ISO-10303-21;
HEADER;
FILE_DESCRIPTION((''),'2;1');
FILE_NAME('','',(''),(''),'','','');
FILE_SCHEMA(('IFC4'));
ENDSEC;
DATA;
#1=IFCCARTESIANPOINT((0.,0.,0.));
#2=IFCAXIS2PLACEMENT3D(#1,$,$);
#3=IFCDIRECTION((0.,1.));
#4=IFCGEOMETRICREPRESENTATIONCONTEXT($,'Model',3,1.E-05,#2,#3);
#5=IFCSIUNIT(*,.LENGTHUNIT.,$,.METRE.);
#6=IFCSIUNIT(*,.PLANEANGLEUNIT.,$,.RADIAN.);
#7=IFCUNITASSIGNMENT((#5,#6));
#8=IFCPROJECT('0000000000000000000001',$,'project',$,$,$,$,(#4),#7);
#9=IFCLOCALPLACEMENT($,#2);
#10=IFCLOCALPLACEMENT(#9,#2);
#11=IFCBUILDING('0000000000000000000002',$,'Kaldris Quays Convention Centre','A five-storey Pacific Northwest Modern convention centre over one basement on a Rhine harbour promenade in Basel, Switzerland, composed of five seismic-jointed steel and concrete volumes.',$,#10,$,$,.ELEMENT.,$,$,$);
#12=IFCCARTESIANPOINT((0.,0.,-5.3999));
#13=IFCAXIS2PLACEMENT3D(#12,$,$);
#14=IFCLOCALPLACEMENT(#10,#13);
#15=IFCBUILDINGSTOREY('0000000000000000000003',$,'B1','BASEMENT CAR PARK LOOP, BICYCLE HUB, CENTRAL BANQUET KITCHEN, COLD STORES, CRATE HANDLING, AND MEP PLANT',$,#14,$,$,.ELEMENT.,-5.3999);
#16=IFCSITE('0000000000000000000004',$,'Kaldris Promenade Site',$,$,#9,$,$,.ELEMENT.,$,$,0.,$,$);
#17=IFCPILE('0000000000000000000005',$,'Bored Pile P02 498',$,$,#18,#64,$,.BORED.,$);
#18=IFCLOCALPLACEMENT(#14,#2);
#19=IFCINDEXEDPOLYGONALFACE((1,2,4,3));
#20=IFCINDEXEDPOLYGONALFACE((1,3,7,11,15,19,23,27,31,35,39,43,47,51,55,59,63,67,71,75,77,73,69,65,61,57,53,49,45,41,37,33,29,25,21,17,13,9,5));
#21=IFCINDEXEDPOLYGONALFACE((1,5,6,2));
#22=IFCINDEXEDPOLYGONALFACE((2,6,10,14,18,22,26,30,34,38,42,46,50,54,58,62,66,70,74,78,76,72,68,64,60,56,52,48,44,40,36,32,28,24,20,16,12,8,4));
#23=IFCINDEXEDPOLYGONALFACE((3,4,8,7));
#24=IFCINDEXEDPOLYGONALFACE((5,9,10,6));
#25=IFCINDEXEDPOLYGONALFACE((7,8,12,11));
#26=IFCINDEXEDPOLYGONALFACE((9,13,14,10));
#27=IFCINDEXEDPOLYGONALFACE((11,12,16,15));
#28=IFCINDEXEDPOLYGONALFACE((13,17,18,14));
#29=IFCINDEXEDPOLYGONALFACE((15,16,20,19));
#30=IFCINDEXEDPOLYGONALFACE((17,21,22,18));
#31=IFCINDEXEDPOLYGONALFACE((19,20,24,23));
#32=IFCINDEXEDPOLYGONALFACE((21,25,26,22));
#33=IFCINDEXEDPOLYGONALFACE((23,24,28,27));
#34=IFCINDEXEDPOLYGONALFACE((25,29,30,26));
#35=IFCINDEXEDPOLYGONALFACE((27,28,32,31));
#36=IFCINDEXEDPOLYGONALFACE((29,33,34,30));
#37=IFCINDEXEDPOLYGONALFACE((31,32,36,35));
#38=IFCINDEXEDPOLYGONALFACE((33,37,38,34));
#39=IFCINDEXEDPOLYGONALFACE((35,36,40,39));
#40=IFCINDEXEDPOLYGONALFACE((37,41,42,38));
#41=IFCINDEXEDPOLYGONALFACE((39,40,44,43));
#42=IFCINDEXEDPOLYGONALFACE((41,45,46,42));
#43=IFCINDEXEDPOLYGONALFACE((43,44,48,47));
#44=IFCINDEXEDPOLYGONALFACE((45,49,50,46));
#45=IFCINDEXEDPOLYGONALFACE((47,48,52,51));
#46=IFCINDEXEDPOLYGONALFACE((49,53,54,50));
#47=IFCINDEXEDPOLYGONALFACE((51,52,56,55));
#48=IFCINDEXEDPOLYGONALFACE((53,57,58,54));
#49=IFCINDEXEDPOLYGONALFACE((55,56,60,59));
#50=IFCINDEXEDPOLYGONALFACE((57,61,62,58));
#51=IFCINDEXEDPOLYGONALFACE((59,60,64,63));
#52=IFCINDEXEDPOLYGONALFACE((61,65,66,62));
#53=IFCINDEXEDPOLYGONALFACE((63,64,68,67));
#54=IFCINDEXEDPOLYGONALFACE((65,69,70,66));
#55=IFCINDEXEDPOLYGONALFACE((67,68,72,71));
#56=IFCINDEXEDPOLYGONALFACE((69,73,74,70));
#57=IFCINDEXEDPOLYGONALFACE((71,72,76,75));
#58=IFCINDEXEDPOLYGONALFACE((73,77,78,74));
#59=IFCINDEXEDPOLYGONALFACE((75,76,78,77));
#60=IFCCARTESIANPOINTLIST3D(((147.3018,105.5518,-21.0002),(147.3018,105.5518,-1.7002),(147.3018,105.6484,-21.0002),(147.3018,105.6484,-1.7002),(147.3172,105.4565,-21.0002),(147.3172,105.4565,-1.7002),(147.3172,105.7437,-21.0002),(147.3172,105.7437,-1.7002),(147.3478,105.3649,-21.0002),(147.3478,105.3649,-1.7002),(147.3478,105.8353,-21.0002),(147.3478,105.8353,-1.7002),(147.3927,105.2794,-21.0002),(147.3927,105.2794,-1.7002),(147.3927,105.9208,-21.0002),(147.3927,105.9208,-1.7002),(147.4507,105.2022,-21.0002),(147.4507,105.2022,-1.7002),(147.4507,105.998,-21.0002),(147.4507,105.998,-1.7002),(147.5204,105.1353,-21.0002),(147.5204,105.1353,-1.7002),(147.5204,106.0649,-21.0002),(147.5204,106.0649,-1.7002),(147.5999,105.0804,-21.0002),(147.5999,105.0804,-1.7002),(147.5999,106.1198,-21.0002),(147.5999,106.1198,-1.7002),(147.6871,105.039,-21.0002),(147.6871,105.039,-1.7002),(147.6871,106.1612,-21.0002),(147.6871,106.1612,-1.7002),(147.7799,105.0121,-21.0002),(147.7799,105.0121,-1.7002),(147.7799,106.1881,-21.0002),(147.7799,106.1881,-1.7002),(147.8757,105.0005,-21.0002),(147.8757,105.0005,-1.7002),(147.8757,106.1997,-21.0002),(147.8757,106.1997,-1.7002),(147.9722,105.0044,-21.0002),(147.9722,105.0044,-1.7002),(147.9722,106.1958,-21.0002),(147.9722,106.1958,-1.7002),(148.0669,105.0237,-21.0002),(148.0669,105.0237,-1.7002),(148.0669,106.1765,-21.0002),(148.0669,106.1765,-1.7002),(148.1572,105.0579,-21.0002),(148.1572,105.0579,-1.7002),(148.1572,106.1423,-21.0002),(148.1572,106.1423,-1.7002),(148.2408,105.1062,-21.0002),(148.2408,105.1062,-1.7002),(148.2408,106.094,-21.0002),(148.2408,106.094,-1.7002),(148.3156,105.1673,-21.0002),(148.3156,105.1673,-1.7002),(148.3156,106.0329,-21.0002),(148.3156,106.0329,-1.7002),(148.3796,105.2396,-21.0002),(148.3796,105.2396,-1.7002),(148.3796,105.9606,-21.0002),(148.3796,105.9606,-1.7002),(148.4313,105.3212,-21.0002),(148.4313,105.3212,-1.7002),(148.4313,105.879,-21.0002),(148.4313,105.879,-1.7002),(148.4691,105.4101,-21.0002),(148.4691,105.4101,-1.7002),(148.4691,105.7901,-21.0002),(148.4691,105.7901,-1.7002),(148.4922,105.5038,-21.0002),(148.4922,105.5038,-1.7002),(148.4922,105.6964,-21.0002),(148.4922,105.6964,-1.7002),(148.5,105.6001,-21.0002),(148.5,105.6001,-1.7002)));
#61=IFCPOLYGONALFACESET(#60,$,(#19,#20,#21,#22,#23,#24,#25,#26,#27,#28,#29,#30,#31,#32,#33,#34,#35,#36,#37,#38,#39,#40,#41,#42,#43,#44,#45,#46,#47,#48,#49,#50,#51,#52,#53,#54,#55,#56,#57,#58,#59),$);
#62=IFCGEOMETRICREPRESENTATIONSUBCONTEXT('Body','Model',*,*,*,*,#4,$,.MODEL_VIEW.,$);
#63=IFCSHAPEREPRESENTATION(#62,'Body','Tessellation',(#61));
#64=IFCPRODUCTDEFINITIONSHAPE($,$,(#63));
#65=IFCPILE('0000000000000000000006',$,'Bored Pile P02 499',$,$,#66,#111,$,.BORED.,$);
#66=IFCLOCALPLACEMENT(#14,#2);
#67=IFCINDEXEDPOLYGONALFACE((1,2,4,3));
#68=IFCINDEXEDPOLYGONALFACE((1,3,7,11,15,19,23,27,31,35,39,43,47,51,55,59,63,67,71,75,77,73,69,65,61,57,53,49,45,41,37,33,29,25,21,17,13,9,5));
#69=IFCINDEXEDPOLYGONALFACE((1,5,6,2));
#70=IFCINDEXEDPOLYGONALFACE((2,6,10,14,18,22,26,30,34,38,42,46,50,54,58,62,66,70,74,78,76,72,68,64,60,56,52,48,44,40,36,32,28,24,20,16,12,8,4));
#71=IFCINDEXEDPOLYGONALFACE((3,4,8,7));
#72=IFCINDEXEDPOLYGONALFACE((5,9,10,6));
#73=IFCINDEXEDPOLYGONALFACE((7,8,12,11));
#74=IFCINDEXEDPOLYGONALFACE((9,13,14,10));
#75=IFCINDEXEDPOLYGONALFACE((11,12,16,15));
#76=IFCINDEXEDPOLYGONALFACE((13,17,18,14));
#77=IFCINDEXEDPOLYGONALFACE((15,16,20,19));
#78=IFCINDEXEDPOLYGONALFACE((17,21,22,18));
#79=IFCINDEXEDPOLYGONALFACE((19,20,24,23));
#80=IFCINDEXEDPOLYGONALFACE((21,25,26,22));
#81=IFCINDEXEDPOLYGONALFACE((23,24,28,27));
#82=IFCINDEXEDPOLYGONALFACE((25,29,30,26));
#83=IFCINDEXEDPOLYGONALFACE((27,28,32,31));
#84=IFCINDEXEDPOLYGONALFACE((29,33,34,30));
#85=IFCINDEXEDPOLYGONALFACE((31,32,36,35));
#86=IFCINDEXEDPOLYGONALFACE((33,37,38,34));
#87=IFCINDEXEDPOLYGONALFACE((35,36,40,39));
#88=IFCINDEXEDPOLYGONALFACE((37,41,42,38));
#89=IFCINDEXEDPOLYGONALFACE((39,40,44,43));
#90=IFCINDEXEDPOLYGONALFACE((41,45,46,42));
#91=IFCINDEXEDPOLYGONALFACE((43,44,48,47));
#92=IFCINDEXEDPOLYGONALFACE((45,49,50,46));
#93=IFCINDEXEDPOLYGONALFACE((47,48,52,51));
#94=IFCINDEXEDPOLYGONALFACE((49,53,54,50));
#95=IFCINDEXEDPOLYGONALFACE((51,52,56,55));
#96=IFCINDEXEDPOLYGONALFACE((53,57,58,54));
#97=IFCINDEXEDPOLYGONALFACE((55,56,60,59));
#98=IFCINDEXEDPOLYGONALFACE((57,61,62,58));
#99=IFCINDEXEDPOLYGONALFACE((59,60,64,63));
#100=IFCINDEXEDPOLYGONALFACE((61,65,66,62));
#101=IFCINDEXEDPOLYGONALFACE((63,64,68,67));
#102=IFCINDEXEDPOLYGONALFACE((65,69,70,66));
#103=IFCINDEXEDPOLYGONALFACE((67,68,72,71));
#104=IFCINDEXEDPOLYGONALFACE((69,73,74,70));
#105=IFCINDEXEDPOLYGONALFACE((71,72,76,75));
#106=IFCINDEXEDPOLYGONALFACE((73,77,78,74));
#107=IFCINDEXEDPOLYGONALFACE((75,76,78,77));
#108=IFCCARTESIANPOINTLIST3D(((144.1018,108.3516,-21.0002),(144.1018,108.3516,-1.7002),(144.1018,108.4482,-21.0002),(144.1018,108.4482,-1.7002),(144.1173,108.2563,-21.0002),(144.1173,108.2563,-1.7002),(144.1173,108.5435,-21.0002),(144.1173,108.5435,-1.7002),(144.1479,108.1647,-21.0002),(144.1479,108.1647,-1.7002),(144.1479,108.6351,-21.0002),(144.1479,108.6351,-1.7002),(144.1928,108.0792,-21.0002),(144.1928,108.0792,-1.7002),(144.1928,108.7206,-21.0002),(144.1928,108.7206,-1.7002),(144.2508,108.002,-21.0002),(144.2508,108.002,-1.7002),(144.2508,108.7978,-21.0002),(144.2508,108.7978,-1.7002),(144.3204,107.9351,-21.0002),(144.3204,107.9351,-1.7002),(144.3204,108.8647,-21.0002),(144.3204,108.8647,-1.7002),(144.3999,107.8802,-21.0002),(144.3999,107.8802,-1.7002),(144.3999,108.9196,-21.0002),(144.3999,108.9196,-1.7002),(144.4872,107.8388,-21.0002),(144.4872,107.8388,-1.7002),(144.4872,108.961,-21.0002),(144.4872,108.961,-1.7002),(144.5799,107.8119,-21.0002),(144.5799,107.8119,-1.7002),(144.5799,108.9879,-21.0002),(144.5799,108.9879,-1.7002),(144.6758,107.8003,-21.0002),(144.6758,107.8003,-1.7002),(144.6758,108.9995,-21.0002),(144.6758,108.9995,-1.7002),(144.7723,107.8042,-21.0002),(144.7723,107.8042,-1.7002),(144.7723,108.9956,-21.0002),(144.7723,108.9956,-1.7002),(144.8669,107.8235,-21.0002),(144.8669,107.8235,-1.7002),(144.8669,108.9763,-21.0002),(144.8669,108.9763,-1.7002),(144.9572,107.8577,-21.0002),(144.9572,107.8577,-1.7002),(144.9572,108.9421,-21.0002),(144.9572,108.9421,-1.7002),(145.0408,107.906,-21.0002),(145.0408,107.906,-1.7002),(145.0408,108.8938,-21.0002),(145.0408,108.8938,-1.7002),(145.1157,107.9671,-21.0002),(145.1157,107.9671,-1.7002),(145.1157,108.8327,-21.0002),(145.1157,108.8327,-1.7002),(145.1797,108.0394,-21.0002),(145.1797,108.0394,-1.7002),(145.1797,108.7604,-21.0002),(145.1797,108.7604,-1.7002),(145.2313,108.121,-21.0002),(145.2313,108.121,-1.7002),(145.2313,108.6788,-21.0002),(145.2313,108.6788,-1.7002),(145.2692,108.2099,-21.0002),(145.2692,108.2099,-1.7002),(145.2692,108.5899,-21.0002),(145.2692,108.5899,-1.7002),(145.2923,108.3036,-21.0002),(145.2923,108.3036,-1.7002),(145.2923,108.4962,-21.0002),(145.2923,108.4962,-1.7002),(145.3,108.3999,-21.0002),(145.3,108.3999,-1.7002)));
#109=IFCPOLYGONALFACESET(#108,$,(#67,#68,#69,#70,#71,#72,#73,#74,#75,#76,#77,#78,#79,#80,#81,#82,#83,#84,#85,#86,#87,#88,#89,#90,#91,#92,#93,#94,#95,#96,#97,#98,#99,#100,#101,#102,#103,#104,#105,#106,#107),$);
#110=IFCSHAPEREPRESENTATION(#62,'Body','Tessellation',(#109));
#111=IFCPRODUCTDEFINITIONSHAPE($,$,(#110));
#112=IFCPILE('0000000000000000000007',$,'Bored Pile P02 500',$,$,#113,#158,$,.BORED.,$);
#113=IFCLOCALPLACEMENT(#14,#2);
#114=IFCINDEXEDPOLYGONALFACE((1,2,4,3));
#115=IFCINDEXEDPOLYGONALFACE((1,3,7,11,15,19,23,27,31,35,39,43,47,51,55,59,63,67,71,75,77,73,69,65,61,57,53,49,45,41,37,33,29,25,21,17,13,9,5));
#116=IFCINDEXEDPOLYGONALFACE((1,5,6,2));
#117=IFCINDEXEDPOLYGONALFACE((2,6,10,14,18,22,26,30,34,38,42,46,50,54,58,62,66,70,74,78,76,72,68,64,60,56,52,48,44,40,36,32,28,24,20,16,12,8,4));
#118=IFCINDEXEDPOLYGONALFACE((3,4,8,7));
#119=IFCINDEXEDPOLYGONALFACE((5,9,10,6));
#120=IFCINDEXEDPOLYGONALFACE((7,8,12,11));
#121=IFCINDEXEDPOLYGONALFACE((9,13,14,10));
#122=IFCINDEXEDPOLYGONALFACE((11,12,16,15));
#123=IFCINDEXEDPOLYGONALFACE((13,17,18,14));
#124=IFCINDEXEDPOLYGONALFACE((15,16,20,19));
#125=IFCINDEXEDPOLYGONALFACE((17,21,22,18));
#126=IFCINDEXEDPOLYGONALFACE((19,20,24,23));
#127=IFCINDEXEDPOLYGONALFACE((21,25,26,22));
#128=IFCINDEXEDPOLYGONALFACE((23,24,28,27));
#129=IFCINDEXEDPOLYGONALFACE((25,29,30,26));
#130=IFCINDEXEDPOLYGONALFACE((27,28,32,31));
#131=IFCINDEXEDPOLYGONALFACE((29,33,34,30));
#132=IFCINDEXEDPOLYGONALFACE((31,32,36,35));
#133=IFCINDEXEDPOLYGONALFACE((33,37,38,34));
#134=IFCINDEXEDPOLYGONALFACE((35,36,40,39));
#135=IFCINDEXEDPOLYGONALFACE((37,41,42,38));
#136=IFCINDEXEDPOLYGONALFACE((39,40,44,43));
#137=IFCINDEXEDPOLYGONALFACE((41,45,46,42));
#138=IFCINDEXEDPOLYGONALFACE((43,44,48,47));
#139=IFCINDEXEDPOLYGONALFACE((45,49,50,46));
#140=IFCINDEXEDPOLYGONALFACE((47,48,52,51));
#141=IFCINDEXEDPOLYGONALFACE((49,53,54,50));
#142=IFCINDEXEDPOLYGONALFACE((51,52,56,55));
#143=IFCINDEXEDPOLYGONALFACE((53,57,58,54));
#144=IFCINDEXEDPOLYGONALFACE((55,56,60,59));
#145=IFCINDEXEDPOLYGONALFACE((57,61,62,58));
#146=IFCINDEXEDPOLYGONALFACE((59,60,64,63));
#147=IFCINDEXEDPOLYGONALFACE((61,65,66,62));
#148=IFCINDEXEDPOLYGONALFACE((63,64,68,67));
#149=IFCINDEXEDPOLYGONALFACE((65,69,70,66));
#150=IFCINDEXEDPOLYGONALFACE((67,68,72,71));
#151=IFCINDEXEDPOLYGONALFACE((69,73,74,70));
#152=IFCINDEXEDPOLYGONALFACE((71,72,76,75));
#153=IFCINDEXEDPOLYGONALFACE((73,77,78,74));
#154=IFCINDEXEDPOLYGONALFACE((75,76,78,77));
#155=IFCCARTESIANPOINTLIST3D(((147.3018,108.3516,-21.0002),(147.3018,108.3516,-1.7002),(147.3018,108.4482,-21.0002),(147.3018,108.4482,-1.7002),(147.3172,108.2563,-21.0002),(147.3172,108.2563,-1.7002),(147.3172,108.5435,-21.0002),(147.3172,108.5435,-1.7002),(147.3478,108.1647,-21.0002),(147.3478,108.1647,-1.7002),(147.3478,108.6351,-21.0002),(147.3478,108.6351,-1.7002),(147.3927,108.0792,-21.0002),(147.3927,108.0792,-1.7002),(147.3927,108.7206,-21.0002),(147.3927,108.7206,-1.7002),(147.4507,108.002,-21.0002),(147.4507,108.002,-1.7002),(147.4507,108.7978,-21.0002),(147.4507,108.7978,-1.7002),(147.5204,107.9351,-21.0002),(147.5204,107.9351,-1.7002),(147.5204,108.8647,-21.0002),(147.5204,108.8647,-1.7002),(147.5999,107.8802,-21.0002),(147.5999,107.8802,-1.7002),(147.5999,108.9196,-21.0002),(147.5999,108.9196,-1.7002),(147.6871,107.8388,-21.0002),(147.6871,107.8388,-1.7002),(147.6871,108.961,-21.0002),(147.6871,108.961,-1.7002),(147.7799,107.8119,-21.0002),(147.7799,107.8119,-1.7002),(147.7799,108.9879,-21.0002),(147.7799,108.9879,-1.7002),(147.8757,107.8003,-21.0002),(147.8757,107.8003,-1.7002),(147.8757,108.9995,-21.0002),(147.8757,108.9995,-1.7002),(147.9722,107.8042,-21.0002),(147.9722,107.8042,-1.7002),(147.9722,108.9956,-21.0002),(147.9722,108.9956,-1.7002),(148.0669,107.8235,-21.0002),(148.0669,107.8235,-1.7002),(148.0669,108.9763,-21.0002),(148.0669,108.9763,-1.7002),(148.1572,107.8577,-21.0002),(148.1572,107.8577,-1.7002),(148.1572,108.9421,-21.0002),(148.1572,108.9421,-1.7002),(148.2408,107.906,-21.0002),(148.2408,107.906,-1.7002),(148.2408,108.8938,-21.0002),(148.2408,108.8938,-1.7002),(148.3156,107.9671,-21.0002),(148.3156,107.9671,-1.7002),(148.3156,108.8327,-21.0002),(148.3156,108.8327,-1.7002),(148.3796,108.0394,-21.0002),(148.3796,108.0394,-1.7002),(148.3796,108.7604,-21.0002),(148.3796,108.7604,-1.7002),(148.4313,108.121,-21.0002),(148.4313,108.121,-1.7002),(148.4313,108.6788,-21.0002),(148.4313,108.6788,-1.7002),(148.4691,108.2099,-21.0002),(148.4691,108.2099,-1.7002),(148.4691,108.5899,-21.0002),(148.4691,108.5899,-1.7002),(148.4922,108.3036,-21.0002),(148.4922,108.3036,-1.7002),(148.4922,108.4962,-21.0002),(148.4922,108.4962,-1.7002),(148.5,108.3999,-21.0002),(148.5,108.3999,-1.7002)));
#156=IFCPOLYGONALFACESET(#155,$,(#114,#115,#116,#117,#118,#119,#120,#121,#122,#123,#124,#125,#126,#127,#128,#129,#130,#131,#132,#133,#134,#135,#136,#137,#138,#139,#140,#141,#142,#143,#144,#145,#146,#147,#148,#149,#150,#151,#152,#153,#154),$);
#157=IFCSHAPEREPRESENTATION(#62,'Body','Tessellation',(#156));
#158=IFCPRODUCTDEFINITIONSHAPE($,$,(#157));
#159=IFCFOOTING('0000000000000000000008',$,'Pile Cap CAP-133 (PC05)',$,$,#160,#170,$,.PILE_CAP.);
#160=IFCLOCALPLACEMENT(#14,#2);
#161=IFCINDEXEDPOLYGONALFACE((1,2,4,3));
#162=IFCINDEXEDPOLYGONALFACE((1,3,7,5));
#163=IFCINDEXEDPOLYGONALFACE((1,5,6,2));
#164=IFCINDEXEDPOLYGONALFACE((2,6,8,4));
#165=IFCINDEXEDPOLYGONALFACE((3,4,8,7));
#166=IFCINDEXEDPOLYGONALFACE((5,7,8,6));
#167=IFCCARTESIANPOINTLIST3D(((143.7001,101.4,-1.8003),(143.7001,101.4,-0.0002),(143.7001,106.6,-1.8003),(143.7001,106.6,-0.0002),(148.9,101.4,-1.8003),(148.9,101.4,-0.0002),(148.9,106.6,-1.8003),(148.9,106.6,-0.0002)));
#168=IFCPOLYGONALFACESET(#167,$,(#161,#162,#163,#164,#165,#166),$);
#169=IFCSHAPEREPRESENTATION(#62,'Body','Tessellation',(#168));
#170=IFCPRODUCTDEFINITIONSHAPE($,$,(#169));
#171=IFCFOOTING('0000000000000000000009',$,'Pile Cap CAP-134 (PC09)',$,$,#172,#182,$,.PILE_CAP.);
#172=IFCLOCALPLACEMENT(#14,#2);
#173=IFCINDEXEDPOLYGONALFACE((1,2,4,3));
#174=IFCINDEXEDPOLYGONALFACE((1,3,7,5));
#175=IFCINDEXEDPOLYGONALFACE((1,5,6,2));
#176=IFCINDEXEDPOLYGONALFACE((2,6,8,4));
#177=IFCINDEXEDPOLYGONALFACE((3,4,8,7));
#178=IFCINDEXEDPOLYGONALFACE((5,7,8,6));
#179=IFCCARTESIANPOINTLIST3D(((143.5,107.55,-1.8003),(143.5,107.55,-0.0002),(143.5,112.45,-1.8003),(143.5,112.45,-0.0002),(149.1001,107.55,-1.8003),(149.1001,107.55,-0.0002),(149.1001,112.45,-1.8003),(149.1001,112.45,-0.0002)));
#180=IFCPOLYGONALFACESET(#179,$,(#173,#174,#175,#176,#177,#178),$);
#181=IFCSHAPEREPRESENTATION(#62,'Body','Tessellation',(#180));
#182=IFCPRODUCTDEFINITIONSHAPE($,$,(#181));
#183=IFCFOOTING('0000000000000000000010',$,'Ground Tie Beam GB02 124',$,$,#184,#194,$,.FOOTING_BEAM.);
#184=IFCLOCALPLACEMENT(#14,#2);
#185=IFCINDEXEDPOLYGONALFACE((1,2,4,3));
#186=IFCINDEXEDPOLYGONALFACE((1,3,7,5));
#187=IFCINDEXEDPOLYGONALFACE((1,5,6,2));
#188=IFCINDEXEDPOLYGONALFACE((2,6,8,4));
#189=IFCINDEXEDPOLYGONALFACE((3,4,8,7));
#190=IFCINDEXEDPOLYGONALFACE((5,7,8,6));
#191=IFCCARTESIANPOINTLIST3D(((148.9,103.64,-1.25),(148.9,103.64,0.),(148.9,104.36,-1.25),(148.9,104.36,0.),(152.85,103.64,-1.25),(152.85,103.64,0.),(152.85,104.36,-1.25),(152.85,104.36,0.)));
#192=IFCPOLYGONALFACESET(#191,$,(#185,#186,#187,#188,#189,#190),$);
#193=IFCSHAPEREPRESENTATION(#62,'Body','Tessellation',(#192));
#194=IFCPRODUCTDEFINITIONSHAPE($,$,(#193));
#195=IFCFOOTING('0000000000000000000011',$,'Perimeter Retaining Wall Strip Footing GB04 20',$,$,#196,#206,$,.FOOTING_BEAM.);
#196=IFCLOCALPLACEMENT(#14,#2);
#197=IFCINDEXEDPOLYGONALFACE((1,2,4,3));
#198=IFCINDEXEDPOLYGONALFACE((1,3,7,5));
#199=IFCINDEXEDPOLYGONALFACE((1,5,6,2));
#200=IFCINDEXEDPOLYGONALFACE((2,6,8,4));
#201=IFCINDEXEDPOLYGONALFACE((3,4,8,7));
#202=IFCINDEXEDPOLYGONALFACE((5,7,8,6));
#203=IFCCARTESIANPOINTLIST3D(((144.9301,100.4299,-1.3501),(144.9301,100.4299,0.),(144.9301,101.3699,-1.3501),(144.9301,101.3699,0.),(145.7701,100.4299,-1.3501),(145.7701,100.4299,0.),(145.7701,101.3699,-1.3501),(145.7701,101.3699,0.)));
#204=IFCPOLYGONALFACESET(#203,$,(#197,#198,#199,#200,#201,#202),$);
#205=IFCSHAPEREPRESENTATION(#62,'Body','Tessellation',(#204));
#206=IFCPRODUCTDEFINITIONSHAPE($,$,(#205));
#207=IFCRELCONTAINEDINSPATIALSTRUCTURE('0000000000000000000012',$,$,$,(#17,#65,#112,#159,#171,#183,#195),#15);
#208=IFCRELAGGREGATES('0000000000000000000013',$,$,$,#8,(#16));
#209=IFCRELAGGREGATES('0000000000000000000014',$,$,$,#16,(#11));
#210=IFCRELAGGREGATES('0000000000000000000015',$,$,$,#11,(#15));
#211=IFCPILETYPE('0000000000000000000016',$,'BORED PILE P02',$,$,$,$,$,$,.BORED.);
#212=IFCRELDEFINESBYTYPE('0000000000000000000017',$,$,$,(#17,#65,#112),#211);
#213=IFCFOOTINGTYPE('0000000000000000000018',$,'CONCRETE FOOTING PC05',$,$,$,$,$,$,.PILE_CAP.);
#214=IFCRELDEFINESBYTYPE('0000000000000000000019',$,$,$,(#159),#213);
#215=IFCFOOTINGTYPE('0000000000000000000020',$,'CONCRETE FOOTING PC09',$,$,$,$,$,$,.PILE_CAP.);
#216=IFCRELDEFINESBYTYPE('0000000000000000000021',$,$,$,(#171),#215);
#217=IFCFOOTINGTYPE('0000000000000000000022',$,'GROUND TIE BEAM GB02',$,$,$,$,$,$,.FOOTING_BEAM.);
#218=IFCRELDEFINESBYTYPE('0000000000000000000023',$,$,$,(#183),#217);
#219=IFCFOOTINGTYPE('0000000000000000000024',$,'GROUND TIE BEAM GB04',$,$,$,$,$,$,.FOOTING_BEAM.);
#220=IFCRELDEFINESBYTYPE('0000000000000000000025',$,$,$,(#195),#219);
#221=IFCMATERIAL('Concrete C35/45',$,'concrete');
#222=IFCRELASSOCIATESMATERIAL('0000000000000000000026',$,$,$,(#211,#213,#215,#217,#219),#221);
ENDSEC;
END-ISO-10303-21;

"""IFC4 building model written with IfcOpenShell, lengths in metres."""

from ifc_helpers import new_model, si_unit, direction, frame, origin, origin_2d, place, context, subcontext, project, spatial, rectangle, circle, extrude, material, material_profile, profile_set, type_object, element, save


model = new_model("IFC4")

# Units and contexts
model_context = context("Model", 3, precision=1e-05, world=origin(), true_north=direction((0.0, 1.0)))
body_context = subcontext(model_context, "Body", "Model", "MODEL_VIEW")
ifc_project = project(units=[si_unit("LENGTHUNIT", "METRE"), si_unit("PLANEANGLEUNIT", "RADIAN")], contexts=[model_context])

# Site, building, storey
site_placement = place(None, origin())
site = spatial("IfcSite", under=ifc_project, at=site_placement, Name="Kaldris Promenade Site", CompositionType="ELEMENT", RefElevation=0.0)
building_placement = place(site_placement, origin())
building = spatial("IfcBuilding", under=site, at=building_placement, Name="Kaldris Quays Convention Centre", Description="A five-storey Pacific Northwest Modern convention centre over one basement on a Rhine harbour promenade in Basel, Switzerland, composed of five seismic-jointed steel and concrete volumes.", CompositionType="ELEMENT")
storey_placement = place(building_placement, frame((0.0, 0.0, -5.3999)))
storey = spatial("IfcBuildingStorey", under=building, at=storey_placement, Name="B1", Description="BASEMENT CAR PARK LOOP, BICYCLE HUB, CENTRAL BANQUET KITCHEN, COLD STORES, CRATE HANDLING, AND MEP PLANT", CompositionType="ELEMENT", Elevation=-5.3999)

# Piles
ifc_material_1 = material(Name="Concrete C35/45", Category="concrete")
ifc_material_profile_1 = material_profile(ifc_material_1, circle(Radius=0.6001, at=origin_2d()), Name="BORED PILE D1200")
ifc_profile_set_1 = profile_set([ifc_material_profile_1], Name="Concrete C35/45")
pile_type_1 = type_object("IfcPileType", Name="BORED PILE P02", PredefinedType="BORED", material=ifc_profile_set_1)
for number, where, z_axis, x_axis, name in (
    (1, (147.8999, 105.6001, -1.7002), (0.0, 0.0, -1.0), (1.0, 0.0, 0.0), "Bored Pile P02 498"),
    (2, (144.7, 108.3999, -1.7002), (0.0, 0.0, -1.0), (1.0, 0.0, 0.0), "Bored Pile P02 499"),
    (3, (147.8999, 108.3999, -1.7002), (0.0, 0.0, -1.0), (1.0, 0.0, 0.0), "Bored Pile P02 500"),
):
    element("IfcPile", number, at=place(storey_placement, frame(where, z_axis=z_axis, x_axis=x_axis)), inside=storey, type_object=pile_type_1, Name=name, PredefinedType="BORED", context=body_context, shape_type="SweptSolid", body=[
        extrude(circle(Radius=0.6001, at=origin_2d()), origin(), (0.0, 0.0, 1.0), 19.3),
    ])

# Footings
footing_type_1 = type_object("IfcFootingType", Name="CONCRETE FOOTING PC05", PredefinedType="PILE_CAP", material=ifc_material_1)
footing_1_placement = place(storey_placement, frame((146.3, 104.0, -1.8003), z_axis=(0.0, 0.0, 1.0), x_axis=(1.0, 0.0, 0.0)))
element("IfcFooting", 4, at=footing_1_placement, inside=storey, type_object=footing_type_1, Name="Pile Cap CAP-133 (PC05)", PredefinedType="PILE_CAP", context=body_context, shape_type="SweptSolid", body=[
    extrude(rectangle(XDim=5.2, YDim=5.2, at=origin_2d()), origin(), (0.0, 0.0, 1.0), 1.8),
])
footing_type_2 = type_object("IfcFootingType", Name="CONCRETE FOOTING PC09", PredefinedType="PILE_CAP", material=ifc_material_1)
footing_2_placement = place(storey_placement, frame((146.3, 110.0, -1.8003), z_axis=(0.0, 0.0, 1.0), x_axis=(1.0, 0.0, 0.0)))
element("IfcFooting", 5, at=footing_2_placement, inside=storey, type_object=footing_type_2, Name="Pile Cap CAP-134 (PC09)", PredefinedType="PILE_CAP", context=body_context, shape_type="SweptSolid", body=[
    extrude(rectangle(XDim=5.6001, YDim=4.8999, at=origin_2d()), origin(), (0.0, 0.0, 1.0), 1.8),
])
footing_type_3 = type_object("IfcFootingType", Name="GROUND TIE BEAM GB02", PredefinedType="FOOTING_BEAM", material=ifc_material_1)
footing_3_placement = place(storey_placement, frame((150.875, 104.0, -1.25), z_axis=(0.0, 0.0, 1.0), x_axis=(1.0, 0.0, 0.0)))
element("IfcFooting", 6, at=footing_3_placement, inside=storey, type_object=footing_type_3, Name="Ground Tie Beam GB02 124", PredefinedType="FOOTING_BEAM", context=body_context, shape_type="SweptSolid", body=[
    extrude(rectangle(XDim=3.95, YDim=0.72, at=origin_2d()), origin(), (0.0, 0.0, 1.0), 1.25),
])
footing_type_4 = type_object("IfcFootingType", Name="GROUND TIE BEAM GB04", PredefinedType="FOOTING_BEAM", material=ifc_material_1)
footing_4_placement = place(storey_placement, frame((145.3501, 100.8999, -1.3501), z_axis=(0.0, 0.0, 1.0), x_axis=(1.0, 0.0, 0.0)))
element("IfcFooting", 7, at=footing_4_placement, inside=storey, type_object=footing_type_4, Name="Perimeter Retaining Wall Strip Footing GB04 20", PredefinedType="FOOTING_BEAM", context=body_context, shape_type="SweptSolid", body=[
    extrude(rectangle(XDim=0.8401, YDim=0.9399, at=origin_2d()), origin(), (0.0, 0.0, 1.0), 1.3501),
])

save(model, "model.ifc")
